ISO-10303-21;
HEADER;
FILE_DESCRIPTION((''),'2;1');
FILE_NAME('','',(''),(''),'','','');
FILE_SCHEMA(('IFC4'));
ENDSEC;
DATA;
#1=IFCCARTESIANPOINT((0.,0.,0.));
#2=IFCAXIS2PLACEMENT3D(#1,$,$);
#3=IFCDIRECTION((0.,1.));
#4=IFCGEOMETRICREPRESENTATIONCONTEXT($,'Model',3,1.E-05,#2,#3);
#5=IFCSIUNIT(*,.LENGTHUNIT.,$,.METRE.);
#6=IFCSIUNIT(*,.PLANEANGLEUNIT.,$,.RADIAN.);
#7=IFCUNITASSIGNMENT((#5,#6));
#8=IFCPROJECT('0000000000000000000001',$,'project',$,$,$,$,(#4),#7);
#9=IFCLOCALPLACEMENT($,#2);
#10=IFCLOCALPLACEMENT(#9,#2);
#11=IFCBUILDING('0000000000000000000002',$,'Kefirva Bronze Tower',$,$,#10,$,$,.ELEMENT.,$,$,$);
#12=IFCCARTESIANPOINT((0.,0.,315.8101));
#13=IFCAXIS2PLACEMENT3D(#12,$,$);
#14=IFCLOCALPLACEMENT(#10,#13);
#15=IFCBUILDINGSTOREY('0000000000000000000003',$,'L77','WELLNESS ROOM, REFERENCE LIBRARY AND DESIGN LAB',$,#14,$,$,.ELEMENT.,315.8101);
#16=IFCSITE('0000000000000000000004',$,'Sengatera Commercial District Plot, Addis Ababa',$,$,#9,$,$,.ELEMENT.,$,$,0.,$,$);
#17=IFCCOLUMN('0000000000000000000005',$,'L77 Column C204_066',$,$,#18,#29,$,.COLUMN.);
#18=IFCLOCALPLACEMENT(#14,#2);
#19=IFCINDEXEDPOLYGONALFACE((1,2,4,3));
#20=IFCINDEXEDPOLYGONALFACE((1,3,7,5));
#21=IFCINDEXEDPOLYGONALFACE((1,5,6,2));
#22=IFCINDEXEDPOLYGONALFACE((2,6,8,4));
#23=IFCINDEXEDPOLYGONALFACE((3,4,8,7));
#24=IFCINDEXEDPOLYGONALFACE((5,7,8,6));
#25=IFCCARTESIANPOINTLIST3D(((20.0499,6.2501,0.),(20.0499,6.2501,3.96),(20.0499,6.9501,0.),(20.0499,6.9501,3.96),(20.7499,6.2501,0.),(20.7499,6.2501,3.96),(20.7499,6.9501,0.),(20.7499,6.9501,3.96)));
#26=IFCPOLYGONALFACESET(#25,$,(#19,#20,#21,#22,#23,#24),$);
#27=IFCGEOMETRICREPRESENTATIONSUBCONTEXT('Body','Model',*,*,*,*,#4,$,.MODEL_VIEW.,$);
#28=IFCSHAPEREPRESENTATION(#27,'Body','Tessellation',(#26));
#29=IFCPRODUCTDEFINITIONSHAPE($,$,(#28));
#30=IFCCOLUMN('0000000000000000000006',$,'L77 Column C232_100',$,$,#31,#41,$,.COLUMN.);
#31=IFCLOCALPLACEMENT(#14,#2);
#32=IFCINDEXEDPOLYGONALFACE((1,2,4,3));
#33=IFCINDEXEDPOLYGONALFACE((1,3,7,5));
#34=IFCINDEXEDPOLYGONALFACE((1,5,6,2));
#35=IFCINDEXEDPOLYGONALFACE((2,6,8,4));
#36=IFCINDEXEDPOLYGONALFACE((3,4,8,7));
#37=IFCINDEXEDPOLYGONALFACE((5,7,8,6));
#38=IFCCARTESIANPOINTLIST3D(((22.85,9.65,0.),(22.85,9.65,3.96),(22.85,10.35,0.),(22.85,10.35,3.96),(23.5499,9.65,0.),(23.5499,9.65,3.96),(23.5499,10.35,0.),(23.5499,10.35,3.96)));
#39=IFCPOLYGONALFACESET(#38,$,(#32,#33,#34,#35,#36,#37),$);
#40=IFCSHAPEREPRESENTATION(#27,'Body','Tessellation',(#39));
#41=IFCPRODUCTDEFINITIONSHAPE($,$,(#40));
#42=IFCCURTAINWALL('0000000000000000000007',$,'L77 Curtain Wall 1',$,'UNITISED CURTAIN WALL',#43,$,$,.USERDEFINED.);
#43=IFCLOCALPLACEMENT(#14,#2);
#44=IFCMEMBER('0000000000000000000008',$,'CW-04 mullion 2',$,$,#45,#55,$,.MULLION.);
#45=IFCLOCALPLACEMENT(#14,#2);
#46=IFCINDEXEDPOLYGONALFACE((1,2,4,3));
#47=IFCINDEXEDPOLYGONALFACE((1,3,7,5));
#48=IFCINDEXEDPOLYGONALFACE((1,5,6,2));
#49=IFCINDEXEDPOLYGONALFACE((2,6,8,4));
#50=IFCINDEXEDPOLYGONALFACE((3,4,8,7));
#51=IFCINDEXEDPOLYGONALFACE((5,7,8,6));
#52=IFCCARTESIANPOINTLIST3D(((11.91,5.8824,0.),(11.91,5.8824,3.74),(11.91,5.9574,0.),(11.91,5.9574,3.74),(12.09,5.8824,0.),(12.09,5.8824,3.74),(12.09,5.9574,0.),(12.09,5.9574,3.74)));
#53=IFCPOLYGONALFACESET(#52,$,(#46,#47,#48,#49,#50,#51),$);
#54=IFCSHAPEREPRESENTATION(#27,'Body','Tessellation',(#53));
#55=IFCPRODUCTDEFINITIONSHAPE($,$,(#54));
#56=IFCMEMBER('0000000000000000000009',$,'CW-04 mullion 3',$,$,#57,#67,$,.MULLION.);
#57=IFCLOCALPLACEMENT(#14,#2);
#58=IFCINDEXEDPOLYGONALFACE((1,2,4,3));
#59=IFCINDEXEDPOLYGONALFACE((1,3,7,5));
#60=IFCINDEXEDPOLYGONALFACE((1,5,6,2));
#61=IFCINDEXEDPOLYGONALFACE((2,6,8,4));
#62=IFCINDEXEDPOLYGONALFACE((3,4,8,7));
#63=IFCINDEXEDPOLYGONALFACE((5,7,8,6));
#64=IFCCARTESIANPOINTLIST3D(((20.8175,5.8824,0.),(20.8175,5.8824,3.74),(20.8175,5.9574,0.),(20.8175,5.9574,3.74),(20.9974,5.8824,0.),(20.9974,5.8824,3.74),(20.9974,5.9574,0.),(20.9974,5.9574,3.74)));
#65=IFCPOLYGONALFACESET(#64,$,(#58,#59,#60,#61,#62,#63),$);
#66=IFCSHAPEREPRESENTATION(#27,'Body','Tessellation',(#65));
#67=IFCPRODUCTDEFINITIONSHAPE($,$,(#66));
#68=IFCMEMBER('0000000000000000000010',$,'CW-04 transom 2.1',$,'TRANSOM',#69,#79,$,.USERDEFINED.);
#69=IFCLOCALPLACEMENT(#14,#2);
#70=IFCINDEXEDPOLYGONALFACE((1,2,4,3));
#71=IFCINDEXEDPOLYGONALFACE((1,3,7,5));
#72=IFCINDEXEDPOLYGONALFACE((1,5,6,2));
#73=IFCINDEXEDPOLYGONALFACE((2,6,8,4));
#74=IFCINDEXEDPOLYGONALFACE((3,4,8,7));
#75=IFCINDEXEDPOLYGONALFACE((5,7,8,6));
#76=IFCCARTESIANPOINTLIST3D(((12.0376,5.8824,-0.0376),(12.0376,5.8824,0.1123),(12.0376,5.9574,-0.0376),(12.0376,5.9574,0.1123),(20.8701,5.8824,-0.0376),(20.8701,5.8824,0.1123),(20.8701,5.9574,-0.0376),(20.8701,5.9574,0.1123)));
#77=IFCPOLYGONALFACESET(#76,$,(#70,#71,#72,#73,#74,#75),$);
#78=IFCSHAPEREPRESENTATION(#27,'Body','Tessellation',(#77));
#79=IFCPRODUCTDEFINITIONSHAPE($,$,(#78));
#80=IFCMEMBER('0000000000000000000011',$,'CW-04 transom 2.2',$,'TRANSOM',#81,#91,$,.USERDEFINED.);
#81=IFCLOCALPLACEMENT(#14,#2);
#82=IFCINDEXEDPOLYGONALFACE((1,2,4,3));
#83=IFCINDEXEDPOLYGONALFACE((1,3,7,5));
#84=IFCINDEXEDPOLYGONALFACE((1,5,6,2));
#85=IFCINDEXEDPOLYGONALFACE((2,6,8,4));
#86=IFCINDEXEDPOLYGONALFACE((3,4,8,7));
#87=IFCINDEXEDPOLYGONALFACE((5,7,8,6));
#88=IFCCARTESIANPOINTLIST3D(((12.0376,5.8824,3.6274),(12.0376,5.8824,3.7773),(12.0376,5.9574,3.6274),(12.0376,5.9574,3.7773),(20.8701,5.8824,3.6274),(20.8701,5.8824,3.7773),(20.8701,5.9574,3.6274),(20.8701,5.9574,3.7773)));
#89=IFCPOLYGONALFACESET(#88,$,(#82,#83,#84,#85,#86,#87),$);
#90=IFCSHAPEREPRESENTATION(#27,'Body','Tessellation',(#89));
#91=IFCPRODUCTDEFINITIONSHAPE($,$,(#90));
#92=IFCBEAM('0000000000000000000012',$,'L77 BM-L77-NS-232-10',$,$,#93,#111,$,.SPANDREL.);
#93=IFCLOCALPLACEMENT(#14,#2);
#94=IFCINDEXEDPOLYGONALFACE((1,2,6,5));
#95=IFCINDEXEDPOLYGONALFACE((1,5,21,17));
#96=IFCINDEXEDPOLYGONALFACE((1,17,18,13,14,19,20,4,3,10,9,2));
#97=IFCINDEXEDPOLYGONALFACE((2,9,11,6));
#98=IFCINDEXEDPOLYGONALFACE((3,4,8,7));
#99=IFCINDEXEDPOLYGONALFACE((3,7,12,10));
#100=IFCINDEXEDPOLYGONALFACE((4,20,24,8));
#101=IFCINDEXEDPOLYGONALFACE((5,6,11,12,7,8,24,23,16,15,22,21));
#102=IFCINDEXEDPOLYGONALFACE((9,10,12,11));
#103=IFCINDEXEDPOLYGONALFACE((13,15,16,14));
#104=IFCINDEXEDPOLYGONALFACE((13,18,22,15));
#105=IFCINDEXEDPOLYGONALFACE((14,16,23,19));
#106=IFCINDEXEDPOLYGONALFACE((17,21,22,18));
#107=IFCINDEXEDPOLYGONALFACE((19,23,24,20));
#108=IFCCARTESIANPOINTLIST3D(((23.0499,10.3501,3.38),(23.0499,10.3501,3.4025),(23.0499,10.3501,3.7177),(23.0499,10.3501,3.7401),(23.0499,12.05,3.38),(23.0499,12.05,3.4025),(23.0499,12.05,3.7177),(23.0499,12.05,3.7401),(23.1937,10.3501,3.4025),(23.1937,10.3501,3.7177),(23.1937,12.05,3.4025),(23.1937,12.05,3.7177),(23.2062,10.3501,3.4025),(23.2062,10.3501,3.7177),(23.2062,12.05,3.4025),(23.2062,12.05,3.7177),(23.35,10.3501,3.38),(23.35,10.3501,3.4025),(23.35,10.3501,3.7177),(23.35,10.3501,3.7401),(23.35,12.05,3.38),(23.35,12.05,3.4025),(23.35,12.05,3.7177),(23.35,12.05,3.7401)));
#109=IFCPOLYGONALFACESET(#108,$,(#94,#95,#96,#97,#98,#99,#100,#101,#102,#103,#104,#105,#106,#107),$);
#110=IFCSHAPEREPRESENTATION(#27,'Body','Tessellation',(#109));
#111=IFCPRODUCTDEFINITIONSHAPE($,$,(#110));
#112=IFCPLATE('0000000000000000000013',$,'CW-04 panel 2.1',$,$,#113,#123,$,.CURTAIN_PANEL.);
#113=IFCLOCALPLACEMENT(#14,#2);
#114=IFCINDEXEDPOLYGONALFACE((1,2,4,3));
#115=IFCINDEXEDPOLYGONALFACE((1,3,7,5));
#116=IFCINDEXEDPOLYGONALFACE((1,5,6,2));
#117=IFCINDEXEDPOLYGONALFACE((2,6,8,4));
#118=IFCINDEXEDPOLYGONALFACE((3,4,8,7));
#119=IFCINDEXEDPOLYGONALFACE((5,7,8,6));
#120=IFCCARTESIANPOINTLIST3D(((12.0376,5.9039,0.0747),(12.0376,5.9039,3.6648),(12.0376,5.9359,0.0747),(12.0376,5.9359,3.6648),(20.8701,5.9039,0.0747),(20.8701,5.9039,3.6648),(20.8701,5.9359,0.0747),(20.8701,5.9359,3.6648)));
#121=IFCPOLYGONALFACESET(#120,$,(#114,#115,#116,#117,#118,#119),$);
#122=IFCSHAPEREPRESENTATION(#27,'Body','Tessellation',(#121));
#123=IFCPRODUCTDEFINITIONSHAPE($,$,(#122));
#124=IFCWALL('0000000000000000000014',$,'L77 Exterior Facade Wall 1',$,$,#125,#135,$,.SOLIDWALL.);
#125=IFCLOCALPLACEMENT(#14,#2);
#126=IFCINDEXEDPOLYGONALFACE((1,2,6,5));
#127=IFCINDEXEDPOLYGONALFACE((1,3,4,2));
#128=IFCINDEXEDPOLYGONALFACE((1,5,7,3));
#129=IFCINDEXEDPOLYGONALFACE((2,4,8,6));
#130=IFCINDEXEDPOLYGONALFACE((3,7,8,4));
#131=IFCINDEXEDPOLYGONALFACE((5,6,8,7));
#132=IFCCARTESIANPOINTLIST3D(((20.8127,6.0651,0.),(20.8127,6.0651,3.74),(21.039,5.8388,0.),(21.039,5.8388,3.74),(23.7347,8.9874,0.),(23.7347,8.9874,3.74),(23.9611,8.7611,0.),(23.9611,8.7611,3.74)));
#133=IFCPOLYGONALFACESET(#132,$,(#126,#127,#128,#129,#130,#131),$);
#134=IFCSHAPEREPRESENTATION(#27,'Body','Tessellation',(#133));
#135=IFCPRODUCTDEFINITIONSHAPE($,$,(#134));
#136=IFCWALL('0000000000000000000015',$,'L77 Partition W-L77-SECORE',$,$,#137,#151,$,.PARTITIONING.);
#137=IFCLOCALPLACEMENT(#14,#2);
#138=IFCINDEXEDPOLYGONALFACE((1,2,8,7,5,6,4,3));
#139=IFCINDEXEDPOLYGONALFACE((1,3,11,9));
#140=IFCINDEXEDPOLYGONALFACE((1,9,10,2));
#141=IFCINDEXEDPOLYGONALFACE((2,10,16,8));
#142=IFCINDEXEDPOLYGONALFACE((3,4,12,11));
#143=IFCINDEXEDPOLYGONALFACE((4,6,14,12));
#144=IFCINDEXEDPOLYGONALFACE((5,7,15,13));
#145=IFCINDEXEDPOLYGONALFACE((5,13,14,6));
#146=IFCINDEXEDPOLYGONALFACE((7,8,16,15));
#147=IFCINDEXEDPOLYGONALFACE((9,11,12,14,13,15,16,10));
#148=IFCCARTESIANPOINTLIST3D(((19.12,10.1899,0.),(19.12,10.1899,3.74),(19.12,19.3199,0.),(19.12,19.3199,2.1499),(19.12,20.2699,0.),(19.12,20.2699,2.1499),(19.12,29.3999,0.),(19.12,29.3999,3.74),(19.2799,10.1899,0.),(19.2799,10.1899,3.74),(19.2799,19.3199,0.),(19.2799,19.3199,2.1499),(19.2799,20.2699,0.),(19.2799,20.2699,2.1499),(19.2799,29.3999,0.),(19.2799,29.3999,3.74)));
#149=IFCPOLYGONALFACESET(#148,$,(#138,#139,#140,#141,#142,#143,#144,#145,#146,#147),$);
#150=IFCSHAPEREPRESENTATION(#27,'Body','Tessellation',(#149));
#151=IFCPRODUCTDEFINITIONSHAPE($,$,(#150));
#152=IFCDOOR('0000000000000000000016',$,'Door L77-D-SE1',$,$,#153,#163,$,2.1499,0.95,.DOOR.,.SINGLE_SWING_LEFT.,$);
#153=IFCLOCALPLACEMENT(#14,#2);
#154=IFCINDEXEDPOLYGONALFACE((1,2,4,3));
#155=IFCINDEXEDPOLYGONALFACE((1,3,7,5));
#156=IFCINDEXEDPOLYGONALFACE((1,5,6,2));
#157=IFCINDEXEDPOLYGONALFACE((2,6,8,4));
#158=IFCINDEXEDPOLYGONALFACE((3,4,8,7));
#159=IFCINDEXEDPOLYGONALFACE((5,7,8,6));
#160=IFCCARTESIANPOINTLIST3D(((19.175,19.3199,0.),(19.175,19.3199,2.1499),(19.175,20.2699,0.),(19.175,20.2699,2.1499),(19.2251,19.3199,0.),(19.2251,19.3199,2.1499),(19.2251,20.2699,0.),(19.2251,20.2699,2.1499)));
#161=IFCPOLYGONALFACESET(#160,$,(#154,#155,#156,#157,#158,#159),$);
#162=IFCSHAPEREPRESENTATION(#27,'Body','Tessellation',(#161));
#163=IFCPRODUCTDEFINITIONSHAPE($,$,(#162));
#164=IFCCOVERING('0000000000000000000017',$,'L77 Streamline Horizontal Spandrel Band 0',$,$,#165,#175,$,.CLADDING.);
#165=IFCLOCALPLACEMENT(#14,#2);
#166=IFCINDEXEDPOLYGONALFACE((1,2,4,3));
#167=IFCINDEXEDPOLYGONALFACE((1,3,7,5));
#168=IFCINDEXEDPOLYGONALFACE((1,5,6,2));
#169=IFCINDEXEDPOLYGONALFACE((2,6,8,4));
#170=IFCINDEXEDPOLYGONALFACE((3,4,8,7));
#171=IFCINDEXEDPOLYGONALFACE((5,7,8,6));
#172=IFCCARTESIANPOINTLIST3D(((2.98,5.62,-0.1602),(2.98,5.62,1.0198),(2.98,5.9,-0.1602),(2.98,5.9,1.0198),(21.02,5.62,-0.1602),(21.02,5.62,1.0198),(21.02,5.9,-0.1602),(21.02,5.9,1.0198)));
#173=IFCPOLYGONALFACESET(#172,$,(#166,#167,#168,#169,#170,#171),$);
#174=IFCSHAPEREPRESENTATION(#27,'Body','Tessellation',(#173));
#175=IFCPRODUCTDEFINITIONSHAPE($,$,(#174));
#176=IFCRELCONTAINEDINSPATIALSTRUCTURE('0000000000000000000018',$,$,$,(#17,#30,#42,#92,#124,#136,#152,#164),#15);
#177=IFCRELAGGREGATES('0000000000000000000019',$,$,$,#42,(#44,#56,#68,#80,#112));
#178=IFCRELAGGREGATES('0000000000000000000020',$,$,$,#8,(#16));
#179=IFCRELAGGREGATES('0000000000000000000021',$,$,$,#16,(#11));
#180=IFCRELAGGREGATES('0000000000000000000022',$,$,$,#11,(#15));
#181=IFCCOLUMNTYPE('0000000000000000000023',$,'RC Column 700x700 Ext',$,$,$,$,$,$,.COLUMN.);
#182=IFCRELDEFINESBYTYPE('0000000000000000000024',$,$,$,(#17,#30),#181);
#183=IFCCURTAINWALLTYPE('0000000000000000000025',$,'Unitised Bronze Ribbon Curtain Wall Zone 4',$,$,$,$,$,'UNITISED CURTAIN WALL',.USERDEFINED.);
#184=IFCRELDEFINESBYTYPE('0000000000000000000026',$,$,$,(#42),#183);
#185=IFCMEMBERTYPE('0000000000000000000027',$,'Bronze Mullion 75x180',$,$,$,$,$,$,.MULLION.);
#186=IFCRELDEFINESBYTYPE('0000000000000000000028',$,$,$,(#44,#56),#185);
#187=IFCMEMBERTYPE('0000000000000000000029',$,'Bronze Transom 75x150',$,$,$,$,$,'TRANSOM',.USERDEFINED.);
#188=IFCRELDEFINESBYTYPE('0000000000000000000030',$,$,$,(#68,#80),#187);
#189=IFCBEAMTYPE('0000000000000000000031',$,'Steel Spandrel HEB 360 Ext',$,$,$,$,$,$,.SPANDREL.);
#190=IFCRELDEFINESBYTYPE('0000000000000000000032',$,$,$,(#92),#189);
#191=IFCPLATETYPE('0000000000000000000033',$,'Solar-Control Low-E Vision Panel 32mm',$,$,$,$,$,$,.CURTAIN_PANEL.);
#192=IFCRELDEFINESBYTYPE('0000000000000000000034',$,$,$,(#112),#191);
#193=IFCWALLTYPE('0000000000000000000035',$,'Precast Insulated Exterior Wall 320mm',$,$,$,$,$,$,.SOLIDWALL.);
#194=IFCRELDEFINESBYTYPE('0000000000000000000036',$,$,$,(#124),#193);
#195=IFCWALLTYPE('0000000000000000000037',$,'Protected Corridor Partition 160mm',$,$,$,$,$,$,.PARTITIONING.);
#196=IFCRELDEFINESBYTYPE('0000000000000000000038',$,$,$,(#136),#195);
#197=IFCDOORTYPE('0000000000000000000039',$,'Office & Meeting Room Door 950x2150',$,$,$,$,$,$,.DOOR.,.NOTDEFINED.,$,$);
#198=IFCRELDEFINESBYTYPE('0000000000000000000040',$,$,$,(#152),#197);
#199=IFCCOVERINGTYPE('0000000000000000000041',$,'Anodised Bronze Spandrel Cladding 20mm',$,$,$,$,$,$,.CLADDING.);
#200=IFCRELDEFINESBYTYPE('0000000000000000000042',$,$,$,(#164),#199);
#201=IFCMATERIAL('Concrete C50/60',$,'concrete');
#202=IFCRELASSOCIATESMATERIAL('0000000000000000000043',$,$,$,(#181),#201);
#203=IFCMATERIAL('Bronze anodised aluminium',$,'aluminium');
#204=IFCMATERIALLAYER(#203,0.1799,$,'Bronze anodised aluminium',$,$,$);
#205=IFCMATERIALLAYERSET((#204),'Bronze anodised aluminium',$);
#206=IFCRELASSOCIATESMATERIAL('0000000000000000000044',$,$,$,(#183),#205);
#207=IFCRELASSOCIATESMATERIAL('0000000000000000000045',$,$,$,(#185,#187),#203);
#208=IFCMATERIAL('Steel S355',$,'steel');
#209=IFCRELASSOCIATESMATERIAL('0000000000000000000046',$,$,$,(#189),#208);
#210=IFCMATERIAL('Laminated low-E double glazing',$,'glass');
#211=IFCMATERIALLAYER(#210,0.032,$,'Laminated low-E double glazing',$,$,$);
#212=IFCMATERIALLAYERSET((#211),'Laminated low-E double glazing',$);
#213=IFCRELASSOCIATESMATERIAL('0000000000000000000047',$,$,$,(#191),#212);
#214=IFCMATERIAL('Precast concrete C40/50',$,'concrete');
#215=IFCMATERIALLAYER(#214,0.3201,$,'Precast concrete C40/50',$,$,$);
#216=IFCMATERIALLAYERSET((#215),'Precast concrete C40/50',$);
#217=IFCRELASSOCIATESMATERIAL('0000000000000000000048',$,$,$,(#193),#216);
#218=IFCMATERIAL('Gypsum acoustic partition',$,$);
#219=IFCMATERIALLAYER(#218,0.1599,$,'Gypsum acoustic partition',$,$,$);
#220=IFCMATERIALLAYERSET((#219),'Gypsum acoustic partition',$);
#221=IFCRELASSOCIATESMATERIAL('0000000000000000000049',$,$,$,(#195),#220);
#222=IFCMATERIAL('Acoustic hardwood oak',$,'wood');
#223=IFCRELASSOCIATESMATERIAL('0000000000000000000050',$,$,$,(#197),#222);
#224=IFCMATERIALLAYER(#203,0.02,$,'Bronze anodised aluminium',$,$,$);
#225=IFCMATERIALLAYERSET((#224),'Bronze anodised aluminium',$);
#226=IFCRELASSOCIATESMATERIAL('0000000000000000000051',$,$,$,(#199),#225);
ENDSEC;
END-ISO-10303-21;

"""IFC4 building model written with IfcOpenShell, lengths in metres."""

from ifc_helpers import new_model, si_unit, direction, frame, frame_2d, origin, origin_2d, place, context, subcontext, project, spatial, rectangle, i_section, extrude, material, layer, layer_set, material_profile, profile_set, type_object, element, fill, aggregate, save


model = new_model("IFC4")

# Units and contexts
model_context = context("Model", 3, precision=1e-05, world=origin(), true_north=direction((0.0, 1.0)))
body_context = subcontext(model_context, "Body", "Model", "MODEL_VIEW")
ifc_project = project(units=[si_unit("LENGTHUNIT", "METRE"), si_unit("PLANEANGLEUNIT", "RADIAN")], contexts=[model_context])

# Site, building, storey
site_placement = place(None, origin())
site = spatial("IfcSite", under=ifc_project, at=site_placement, Name="Sengatera Commercial District Plot, Addis Ababa", CompositionType="ELEMENT", RefElevation=0.0)
building_placement = place(site_placement, origin())
building = spatial("IfcBuilding", under=site, at=building_placement, Name="Kefirva Bronze Tower", CompositionType="ELEMENT")
storey_placement = place(building_placement, frame((0.0, 0.0, 315.8101)))
storey = spatial("IfcBuildingStorey", under=building, at=storey_placement, Name="L77", Description="WELLNESS ROOM, REFERENCE LIBRARY AND DESIGN LAB", CompositionType="ELEMENT", Elevation=315.8101)

# Columns
ifc_material_1 = material(Name="Concrete C50/60", Category="concrete")
ifc_material_profile_1 = material_profile(ifc_material_1, rectangle(XDim=0.7, YDim=0.7, at=origin_2d()), Name="RC 700x700")
ifc_profile_set_1 = profile_set([ifc_material_profile_1], Name="Concrete C50/60")
column_type = type_object("IfcColumnType", Name="RC Column 700x700 Ext", PredefinedType="COLUMN", material=ifc_profile_set_1)
for number, where, z_axis, x_axis, name in (
    (1, (20.3999, 6.6001, 0.0), (0.0, 0.0, 1.0), (1.0, 0.0, 0.0), "L77 Column C204_066"),
    (2, (23.2, 10.0, 0.0), (0.0, 0.0, 1.0), (1.0, 0.0, 0.0), "L77 Column C232_100"),
):
    element("IfcColumn", number, at=place(storey_placement, frame(where, z_axis=z_axis, x_axis=x_axis)), inside=storey, type_object=column_type, Name=name, PredefinedType="COLUMN", context=body_context, shape_type="SweptSolid", body=[
        extrude(rectangle(XDim=0.7, YDim=0.7, at=origin_2d()), origin(), (0.0, 0.0, 1.0), 3.96),
    ])

# Curtain wall, members
ifc_material_2 = material(Name="Bronze anodised aluminium", Category="aluminium")
ifc_layer_1 = layer(ifc_material_2, 0.1799, Name="Bronze anodised aluminium")
ifc_layer_set_1 = layer_set([ifc_layer_1], Name="Bronze anodised aluminium")
curtain_wall_type = type_object("IfcCurtainWallType", Name="Unitised Bronze Ribbon Curtain Wall Zone 4", ElementType="UNITISED CURTAIN WALL", PredefinedType="USERDEFINED", material=ifc_layer_set_1)
curtain_wall_placement = place(storey_placement, origin())
curtain_wall = element("IfcCurtainWall", 3, at=curtain_wall_placement, inside=storey, type_object=curtain_wall_type, Name="L77 Curtain Wall 1", ObjectType="UNITISED CURTAIN WALL", PredefinedType="USERDEFINED")
ifc_material_profile_2 = material_profile(ifc_material_2, rectangle(XDim=0.075, YDim=0.1799, at=origin_2d()), Name="ALU 75x180")
ifc_profile_set_2 = profile_set([ifc_material_profile_2], Name="Bronze anodised aluminium")
member_type_1 = type_object("IfcMemberType", Name="Bronze Mullion 75x180", PredefinedType="MULLION", material=ifc_profile_set_2)
member_1_placement = place(storey_placement, frame((12.0, 5.9199, 0.0), z_axis=(0.0, 0.0, 1.0), x_axis=(0.0, 1.0, 0.0)))
member_1 = element("IfcMember", 4, at=member_1_placement, type_object=member_type_1, Name="CW-04 mullion 2", PredefinedType="MULLION", context=body_context, shape_type="SweptSolid", body=[
    extrude(rectangle(XDim=0.075, YDim=0.1799, at=origin_2d()), origin(), (0.0, 0.0, 1.0), 3.74),
])
member_2_placement = place(storey_placement, frame((20.9075, 5.9199, 0.0), z_axis=(0.0, 0.0, 1.0), x_axis=(0.0, 1.0, 0.0)))
member_2 = element("IfcMember", 5, at=member_2_placement, type_object=member_type_1, Name="CW-04 mullion 3", PredefinedType="MULLION", context=body_context, shape_type="SweptSolid", body=[
    extrude(rectangle(XDim=0.075, YDim=0.1799, at=origin_2d()), origin(), (0.0, 0.0, 1.0), 3.74),
])
ifc_material_profile_3 = material_profile(ifc_material_2, rectangle(XDim=0.075, YDim=0.1499, at=origin_2d()), Name="ALU 75x150")
ifc_profile_set_3 = profile_set([ifc_material_profile_3], Name="Bronze anodised aluminium")
member_type_2 = type_object("IfcMemberType", Name="Bronze Transom 75x150", ElementType="TRANSOM", PredefinedType="USERDEFINED", material=ifc_profile_set_3)
member_3_placement = place(storey_placement, frame((12.0376, 5.9199, 0.0374), z_axis=(1.0, 0.0, 0.0), x_axis=(0.0, 1.0, 0.0)))
member_3 = element("IfcMember", 6, at=member_3_placement, type_object=member_type_2, Name="CW-04 transom 2.1", ObjectType="TRANSOM", PredefinedType="USERDEFINED", context=body_context, shape_type="SweptSolid", body=[
    extrude(rectangle(XDim=0.075, YDim=0.1499, at=origin_2d()), origin(), (0.0, 0.0, 1.0), 8.8325),
])
member_4_placement = place(storey_placement, frame((12.0376, 5.9199, 3.7024), z_axis=(1.0, 0.0, 0.0), x_axis=(0.0, 1.0, 0.0)))
member_4 = element("IfcMember", 7, at=member_4_placement, type_object=member_type_2, Name="CW-04 transom 2.2", ObjectType="TRANSOM", PredefinedType="USERDEFINED", context=body_context, shape_type="SweptSolid", body=[
    extrude(rectangle(XDim=0.075, YDim=0.1499, at=origin_2d()), origin(), (0.0, 0.0, 1.0), 8.8325),
])

# Beam
ifc_material_3 = material(Name="Steel S355", Category="steel")
ifc_material_profile_4 = material_profile(ifc_material_3, i_section(OverallWidth=0.3, OverallDepth=0.3601, WebThickness=0.0125, FlangeThickness=0.0225, at=origin_2d()), Name="HEB 360")
ifc_profile_set_4 = profile_set([ifc_material_profile_4], Name="Steel S355")
beam_type = type_object("IfcBeamType", Name="Steel Spandrel HEB 360 Ext", PredefinedType="SPANDREL", material=ifc_profile_set_4)
beam_placement = place(storey_placement, frame((23.2, 10.3501, 3.5601), z_axis=(0.0, 1.0, 0.0), x_axis=(-1.0, 0.0, 0.0)))
element("IfcBeam", 8, at=beam_placement, inside=storey, type_object=beam_type, Name="L77 BM-L77-NS-232-10", PredefinedType="SPANDREL", context=body_context, shape_type="SweptSolid", body=[
    extrude(i_section(OverallWidth=0.3, OverallDepth=0.3601, WebThickness=0.0125, FlangeThickness=0.0225, at=origin_2d()), origin(), (0.0, 0.0, 1.0), 1.7),
])

# Plate
ifc_material_4 = material(Name="Laminated low-E double glazing", Category="glass")
ifc_layer_2 = layer(ifc_material_4, 0.032, Name="Laminated low-E double glazing")
ifc_layer_set_2 = layer_set([ifc_layer_2], Name="Laminated low-E double glazing")
plate_type = type_object("IfcPlateType", Name="Solar-Control Low-E Vision Panel 32mm", PredefinedType="CURTAIN_PANEL", material=ifc_layer_set_2)
plate_placement = place(storey_placement, frame((16.4539, 5.9199, 0.0747), z_axis=(0.0, 0.0, 1.0), x_axis=(1.0, 0.0, 0.0)))
plate = element("IfcPlate", 9, at=plate_placement, type_object=plate_type, Name="CW-04 panel 2.1", PredefinedType="CURTAIN_PANEL", context=body_context, shape_type="SweptSolid", body=[
    extrude(rectangle(XDim=8.8325, YDim=0.032, at=origin_2d()), origin(), (0.0, 0.0, 1.0), 3.5901),
])
aggregate(curtain_wall, [member_1, member_2, member_3, member_4, plate])

# Wall
ifc_material_5 = material(Name="Precast concrete C40/50", Category="concrete")
ifc_layer_3 = layer(ifc_material_5, 0.3201, Name="Precast concrete C40/50")
ifc_layer_set_3 = layer_set([ifc_layer_3], Name="Precast concrete C40/50")
wall_type_1 = type_object("IfcWallType", Name="Precast Insulated Exterior Wall 320mm", PredefinedType="SOLIDWALL", material=ifc_layer_set_3)
wall_1_placement = place(storey_placement, frame((20.9258, 5.9519, 0.0), z_axis=(0.0, 0.0, 1.0), x_axis=(0.707077, 0.707136, 0.0)))
element("IfcWall", 10, at=wall_1_placement, inside=storey, type_object=wall_type_1, Name="L77 Exterior Facade Wall 1", PredefinedType="SOLIDWALL", context=body_context, shape_type="SweptSolid", body=[
    extrude(rectangle(XDim=4.1326, YDim=0.3201, at=frame_2d((2.0664, 0.0))), origin(), (0.0, 0.0, 1.0), 3.74),
])

# Shared definitions
ifc_material_6 = material(Name="Gypsum acoustic partition")
ifc_layer_4 = layer(ifc_material_6, 0.1599, Name="Gypsum acoustic partition")
ifc_layer_set_4 = layer_set([ifc_layer_4], Name="Gypsum acoustic partition")
wall_type_2 = type_object("IfcWallType", Name="Protected Corridor Partition 160mm", PredefinedType="PARTITIONING", material=ifc_layer_set_4)
ifc_material_7 = material(Name="Acoustic hardwood oak", Category="wood")
door_type = type_object("IfcDoorType", Name="Office & Meeting Room Door 950x2150", OperationType="NOTDEFINED", PredefinedType="DOOR", material=ifc_material_7)

# Wall, opening, door
wall_2_placement = place(storey_placement, frame((19.2, 10.1899, 0.0), z_axis=(0.0, 0.0, 1.0), x_axis=(0.0, 1.0, 0.0)))
wall_2 = element("IfcWall", 11, at=wall_2_placement, inside=storey, type_object=wall_type_2, Name="L77 Partition W-L77-SECORE", PredefinedType="PARTITIONING", context=body_context, shape_type="SweptSolid", body=[
    extrude(rectangle(XDim=19.21, YDim=0.1599, at=frame_2d((9.605, 0.0))), origin(), (0.0, 0.0, 1.0), 3.74),
])
opening_1_placement = place(wall_2_placement, frame((9.1299, 0.0, 0.0)))
opening_1 = element("IfcOpeningElement", 12, at=opening_1_placement, cuts=wall_2, PredefinedType="OPENING", context=body_context, shape_type="SweptSolid", body=[
    extrude(rectangle(XDim=0.95, YDim=2.1499, at=frame_2d((0.4751, 1.075))), frame((0.0, 0.0898, 0.0), z_axis=(0.0, -1.0, 0.0), x_axis=(1.0, 0.0, 0.0)), (0.0, 0.0, 1.0), 0.1799),
])
door_1_placement = place(opening_1_placement, origin())
door_1 = element("IfcDoor", 13, at=door_1_placement, inside=storey, type_object=door_type, Name="Door L77-D-SE1", OperationType="SINGLE_SWING_LEFT", OverallHeight=2.1499, OverallWidth=0.95, PredefinedType="DOOR", context=body_context, shape_type="SweptSolid", body=[
    extrude(rectangle(XDim=0.95, YDim=2.1499, at=frame_2d((0.4751, 1.075))), frame((0.0, 0.0249, 0.0), z_axis=(0.0, -1.0, 0.0), x_axis=(1.0, 0.0, 0.0)), (0.0, 0.0, 1.0), 0.05),
])
fill(opening_1, door_1)

# Covering
ifc_layer_5 = layer(ifc_material_2, 0.02, Name="Bronze anodised aluminium")
ifc_layer_set_5 = layer_set([ifc_layer_5], Name="Bronze anodised aluminium")
covering_type_1 = type_object("IfcCoveringType", Name="Anodised Bronze Spandrel Cladding 20mm", PredefinedType="CLADDING", material=ifc_layer_set_5)
covering_1_placement = place(storey_placement, frame((12.0, 5.76, -0.1602), z_axis=(0.0, 0.0, 1.0), x_axis=(1.0, 0.0, 0.0)))
element("IfcCovering", 14, at=covering_1_placement, inside=storey, type_object=covering_type_1, Name="L77 Streamline Horizontal Spandrel Band 0", PredefinedType="CLADDING", context=body_context, shape_type="SweptSolid", body=[
    extrude(rectangle(XDim=18.04, YDim=0.28, at=origin_2d()), origin(), (0.0, 0.0, 1.0), 1.1799),
])

save(model, "model.ifc")
